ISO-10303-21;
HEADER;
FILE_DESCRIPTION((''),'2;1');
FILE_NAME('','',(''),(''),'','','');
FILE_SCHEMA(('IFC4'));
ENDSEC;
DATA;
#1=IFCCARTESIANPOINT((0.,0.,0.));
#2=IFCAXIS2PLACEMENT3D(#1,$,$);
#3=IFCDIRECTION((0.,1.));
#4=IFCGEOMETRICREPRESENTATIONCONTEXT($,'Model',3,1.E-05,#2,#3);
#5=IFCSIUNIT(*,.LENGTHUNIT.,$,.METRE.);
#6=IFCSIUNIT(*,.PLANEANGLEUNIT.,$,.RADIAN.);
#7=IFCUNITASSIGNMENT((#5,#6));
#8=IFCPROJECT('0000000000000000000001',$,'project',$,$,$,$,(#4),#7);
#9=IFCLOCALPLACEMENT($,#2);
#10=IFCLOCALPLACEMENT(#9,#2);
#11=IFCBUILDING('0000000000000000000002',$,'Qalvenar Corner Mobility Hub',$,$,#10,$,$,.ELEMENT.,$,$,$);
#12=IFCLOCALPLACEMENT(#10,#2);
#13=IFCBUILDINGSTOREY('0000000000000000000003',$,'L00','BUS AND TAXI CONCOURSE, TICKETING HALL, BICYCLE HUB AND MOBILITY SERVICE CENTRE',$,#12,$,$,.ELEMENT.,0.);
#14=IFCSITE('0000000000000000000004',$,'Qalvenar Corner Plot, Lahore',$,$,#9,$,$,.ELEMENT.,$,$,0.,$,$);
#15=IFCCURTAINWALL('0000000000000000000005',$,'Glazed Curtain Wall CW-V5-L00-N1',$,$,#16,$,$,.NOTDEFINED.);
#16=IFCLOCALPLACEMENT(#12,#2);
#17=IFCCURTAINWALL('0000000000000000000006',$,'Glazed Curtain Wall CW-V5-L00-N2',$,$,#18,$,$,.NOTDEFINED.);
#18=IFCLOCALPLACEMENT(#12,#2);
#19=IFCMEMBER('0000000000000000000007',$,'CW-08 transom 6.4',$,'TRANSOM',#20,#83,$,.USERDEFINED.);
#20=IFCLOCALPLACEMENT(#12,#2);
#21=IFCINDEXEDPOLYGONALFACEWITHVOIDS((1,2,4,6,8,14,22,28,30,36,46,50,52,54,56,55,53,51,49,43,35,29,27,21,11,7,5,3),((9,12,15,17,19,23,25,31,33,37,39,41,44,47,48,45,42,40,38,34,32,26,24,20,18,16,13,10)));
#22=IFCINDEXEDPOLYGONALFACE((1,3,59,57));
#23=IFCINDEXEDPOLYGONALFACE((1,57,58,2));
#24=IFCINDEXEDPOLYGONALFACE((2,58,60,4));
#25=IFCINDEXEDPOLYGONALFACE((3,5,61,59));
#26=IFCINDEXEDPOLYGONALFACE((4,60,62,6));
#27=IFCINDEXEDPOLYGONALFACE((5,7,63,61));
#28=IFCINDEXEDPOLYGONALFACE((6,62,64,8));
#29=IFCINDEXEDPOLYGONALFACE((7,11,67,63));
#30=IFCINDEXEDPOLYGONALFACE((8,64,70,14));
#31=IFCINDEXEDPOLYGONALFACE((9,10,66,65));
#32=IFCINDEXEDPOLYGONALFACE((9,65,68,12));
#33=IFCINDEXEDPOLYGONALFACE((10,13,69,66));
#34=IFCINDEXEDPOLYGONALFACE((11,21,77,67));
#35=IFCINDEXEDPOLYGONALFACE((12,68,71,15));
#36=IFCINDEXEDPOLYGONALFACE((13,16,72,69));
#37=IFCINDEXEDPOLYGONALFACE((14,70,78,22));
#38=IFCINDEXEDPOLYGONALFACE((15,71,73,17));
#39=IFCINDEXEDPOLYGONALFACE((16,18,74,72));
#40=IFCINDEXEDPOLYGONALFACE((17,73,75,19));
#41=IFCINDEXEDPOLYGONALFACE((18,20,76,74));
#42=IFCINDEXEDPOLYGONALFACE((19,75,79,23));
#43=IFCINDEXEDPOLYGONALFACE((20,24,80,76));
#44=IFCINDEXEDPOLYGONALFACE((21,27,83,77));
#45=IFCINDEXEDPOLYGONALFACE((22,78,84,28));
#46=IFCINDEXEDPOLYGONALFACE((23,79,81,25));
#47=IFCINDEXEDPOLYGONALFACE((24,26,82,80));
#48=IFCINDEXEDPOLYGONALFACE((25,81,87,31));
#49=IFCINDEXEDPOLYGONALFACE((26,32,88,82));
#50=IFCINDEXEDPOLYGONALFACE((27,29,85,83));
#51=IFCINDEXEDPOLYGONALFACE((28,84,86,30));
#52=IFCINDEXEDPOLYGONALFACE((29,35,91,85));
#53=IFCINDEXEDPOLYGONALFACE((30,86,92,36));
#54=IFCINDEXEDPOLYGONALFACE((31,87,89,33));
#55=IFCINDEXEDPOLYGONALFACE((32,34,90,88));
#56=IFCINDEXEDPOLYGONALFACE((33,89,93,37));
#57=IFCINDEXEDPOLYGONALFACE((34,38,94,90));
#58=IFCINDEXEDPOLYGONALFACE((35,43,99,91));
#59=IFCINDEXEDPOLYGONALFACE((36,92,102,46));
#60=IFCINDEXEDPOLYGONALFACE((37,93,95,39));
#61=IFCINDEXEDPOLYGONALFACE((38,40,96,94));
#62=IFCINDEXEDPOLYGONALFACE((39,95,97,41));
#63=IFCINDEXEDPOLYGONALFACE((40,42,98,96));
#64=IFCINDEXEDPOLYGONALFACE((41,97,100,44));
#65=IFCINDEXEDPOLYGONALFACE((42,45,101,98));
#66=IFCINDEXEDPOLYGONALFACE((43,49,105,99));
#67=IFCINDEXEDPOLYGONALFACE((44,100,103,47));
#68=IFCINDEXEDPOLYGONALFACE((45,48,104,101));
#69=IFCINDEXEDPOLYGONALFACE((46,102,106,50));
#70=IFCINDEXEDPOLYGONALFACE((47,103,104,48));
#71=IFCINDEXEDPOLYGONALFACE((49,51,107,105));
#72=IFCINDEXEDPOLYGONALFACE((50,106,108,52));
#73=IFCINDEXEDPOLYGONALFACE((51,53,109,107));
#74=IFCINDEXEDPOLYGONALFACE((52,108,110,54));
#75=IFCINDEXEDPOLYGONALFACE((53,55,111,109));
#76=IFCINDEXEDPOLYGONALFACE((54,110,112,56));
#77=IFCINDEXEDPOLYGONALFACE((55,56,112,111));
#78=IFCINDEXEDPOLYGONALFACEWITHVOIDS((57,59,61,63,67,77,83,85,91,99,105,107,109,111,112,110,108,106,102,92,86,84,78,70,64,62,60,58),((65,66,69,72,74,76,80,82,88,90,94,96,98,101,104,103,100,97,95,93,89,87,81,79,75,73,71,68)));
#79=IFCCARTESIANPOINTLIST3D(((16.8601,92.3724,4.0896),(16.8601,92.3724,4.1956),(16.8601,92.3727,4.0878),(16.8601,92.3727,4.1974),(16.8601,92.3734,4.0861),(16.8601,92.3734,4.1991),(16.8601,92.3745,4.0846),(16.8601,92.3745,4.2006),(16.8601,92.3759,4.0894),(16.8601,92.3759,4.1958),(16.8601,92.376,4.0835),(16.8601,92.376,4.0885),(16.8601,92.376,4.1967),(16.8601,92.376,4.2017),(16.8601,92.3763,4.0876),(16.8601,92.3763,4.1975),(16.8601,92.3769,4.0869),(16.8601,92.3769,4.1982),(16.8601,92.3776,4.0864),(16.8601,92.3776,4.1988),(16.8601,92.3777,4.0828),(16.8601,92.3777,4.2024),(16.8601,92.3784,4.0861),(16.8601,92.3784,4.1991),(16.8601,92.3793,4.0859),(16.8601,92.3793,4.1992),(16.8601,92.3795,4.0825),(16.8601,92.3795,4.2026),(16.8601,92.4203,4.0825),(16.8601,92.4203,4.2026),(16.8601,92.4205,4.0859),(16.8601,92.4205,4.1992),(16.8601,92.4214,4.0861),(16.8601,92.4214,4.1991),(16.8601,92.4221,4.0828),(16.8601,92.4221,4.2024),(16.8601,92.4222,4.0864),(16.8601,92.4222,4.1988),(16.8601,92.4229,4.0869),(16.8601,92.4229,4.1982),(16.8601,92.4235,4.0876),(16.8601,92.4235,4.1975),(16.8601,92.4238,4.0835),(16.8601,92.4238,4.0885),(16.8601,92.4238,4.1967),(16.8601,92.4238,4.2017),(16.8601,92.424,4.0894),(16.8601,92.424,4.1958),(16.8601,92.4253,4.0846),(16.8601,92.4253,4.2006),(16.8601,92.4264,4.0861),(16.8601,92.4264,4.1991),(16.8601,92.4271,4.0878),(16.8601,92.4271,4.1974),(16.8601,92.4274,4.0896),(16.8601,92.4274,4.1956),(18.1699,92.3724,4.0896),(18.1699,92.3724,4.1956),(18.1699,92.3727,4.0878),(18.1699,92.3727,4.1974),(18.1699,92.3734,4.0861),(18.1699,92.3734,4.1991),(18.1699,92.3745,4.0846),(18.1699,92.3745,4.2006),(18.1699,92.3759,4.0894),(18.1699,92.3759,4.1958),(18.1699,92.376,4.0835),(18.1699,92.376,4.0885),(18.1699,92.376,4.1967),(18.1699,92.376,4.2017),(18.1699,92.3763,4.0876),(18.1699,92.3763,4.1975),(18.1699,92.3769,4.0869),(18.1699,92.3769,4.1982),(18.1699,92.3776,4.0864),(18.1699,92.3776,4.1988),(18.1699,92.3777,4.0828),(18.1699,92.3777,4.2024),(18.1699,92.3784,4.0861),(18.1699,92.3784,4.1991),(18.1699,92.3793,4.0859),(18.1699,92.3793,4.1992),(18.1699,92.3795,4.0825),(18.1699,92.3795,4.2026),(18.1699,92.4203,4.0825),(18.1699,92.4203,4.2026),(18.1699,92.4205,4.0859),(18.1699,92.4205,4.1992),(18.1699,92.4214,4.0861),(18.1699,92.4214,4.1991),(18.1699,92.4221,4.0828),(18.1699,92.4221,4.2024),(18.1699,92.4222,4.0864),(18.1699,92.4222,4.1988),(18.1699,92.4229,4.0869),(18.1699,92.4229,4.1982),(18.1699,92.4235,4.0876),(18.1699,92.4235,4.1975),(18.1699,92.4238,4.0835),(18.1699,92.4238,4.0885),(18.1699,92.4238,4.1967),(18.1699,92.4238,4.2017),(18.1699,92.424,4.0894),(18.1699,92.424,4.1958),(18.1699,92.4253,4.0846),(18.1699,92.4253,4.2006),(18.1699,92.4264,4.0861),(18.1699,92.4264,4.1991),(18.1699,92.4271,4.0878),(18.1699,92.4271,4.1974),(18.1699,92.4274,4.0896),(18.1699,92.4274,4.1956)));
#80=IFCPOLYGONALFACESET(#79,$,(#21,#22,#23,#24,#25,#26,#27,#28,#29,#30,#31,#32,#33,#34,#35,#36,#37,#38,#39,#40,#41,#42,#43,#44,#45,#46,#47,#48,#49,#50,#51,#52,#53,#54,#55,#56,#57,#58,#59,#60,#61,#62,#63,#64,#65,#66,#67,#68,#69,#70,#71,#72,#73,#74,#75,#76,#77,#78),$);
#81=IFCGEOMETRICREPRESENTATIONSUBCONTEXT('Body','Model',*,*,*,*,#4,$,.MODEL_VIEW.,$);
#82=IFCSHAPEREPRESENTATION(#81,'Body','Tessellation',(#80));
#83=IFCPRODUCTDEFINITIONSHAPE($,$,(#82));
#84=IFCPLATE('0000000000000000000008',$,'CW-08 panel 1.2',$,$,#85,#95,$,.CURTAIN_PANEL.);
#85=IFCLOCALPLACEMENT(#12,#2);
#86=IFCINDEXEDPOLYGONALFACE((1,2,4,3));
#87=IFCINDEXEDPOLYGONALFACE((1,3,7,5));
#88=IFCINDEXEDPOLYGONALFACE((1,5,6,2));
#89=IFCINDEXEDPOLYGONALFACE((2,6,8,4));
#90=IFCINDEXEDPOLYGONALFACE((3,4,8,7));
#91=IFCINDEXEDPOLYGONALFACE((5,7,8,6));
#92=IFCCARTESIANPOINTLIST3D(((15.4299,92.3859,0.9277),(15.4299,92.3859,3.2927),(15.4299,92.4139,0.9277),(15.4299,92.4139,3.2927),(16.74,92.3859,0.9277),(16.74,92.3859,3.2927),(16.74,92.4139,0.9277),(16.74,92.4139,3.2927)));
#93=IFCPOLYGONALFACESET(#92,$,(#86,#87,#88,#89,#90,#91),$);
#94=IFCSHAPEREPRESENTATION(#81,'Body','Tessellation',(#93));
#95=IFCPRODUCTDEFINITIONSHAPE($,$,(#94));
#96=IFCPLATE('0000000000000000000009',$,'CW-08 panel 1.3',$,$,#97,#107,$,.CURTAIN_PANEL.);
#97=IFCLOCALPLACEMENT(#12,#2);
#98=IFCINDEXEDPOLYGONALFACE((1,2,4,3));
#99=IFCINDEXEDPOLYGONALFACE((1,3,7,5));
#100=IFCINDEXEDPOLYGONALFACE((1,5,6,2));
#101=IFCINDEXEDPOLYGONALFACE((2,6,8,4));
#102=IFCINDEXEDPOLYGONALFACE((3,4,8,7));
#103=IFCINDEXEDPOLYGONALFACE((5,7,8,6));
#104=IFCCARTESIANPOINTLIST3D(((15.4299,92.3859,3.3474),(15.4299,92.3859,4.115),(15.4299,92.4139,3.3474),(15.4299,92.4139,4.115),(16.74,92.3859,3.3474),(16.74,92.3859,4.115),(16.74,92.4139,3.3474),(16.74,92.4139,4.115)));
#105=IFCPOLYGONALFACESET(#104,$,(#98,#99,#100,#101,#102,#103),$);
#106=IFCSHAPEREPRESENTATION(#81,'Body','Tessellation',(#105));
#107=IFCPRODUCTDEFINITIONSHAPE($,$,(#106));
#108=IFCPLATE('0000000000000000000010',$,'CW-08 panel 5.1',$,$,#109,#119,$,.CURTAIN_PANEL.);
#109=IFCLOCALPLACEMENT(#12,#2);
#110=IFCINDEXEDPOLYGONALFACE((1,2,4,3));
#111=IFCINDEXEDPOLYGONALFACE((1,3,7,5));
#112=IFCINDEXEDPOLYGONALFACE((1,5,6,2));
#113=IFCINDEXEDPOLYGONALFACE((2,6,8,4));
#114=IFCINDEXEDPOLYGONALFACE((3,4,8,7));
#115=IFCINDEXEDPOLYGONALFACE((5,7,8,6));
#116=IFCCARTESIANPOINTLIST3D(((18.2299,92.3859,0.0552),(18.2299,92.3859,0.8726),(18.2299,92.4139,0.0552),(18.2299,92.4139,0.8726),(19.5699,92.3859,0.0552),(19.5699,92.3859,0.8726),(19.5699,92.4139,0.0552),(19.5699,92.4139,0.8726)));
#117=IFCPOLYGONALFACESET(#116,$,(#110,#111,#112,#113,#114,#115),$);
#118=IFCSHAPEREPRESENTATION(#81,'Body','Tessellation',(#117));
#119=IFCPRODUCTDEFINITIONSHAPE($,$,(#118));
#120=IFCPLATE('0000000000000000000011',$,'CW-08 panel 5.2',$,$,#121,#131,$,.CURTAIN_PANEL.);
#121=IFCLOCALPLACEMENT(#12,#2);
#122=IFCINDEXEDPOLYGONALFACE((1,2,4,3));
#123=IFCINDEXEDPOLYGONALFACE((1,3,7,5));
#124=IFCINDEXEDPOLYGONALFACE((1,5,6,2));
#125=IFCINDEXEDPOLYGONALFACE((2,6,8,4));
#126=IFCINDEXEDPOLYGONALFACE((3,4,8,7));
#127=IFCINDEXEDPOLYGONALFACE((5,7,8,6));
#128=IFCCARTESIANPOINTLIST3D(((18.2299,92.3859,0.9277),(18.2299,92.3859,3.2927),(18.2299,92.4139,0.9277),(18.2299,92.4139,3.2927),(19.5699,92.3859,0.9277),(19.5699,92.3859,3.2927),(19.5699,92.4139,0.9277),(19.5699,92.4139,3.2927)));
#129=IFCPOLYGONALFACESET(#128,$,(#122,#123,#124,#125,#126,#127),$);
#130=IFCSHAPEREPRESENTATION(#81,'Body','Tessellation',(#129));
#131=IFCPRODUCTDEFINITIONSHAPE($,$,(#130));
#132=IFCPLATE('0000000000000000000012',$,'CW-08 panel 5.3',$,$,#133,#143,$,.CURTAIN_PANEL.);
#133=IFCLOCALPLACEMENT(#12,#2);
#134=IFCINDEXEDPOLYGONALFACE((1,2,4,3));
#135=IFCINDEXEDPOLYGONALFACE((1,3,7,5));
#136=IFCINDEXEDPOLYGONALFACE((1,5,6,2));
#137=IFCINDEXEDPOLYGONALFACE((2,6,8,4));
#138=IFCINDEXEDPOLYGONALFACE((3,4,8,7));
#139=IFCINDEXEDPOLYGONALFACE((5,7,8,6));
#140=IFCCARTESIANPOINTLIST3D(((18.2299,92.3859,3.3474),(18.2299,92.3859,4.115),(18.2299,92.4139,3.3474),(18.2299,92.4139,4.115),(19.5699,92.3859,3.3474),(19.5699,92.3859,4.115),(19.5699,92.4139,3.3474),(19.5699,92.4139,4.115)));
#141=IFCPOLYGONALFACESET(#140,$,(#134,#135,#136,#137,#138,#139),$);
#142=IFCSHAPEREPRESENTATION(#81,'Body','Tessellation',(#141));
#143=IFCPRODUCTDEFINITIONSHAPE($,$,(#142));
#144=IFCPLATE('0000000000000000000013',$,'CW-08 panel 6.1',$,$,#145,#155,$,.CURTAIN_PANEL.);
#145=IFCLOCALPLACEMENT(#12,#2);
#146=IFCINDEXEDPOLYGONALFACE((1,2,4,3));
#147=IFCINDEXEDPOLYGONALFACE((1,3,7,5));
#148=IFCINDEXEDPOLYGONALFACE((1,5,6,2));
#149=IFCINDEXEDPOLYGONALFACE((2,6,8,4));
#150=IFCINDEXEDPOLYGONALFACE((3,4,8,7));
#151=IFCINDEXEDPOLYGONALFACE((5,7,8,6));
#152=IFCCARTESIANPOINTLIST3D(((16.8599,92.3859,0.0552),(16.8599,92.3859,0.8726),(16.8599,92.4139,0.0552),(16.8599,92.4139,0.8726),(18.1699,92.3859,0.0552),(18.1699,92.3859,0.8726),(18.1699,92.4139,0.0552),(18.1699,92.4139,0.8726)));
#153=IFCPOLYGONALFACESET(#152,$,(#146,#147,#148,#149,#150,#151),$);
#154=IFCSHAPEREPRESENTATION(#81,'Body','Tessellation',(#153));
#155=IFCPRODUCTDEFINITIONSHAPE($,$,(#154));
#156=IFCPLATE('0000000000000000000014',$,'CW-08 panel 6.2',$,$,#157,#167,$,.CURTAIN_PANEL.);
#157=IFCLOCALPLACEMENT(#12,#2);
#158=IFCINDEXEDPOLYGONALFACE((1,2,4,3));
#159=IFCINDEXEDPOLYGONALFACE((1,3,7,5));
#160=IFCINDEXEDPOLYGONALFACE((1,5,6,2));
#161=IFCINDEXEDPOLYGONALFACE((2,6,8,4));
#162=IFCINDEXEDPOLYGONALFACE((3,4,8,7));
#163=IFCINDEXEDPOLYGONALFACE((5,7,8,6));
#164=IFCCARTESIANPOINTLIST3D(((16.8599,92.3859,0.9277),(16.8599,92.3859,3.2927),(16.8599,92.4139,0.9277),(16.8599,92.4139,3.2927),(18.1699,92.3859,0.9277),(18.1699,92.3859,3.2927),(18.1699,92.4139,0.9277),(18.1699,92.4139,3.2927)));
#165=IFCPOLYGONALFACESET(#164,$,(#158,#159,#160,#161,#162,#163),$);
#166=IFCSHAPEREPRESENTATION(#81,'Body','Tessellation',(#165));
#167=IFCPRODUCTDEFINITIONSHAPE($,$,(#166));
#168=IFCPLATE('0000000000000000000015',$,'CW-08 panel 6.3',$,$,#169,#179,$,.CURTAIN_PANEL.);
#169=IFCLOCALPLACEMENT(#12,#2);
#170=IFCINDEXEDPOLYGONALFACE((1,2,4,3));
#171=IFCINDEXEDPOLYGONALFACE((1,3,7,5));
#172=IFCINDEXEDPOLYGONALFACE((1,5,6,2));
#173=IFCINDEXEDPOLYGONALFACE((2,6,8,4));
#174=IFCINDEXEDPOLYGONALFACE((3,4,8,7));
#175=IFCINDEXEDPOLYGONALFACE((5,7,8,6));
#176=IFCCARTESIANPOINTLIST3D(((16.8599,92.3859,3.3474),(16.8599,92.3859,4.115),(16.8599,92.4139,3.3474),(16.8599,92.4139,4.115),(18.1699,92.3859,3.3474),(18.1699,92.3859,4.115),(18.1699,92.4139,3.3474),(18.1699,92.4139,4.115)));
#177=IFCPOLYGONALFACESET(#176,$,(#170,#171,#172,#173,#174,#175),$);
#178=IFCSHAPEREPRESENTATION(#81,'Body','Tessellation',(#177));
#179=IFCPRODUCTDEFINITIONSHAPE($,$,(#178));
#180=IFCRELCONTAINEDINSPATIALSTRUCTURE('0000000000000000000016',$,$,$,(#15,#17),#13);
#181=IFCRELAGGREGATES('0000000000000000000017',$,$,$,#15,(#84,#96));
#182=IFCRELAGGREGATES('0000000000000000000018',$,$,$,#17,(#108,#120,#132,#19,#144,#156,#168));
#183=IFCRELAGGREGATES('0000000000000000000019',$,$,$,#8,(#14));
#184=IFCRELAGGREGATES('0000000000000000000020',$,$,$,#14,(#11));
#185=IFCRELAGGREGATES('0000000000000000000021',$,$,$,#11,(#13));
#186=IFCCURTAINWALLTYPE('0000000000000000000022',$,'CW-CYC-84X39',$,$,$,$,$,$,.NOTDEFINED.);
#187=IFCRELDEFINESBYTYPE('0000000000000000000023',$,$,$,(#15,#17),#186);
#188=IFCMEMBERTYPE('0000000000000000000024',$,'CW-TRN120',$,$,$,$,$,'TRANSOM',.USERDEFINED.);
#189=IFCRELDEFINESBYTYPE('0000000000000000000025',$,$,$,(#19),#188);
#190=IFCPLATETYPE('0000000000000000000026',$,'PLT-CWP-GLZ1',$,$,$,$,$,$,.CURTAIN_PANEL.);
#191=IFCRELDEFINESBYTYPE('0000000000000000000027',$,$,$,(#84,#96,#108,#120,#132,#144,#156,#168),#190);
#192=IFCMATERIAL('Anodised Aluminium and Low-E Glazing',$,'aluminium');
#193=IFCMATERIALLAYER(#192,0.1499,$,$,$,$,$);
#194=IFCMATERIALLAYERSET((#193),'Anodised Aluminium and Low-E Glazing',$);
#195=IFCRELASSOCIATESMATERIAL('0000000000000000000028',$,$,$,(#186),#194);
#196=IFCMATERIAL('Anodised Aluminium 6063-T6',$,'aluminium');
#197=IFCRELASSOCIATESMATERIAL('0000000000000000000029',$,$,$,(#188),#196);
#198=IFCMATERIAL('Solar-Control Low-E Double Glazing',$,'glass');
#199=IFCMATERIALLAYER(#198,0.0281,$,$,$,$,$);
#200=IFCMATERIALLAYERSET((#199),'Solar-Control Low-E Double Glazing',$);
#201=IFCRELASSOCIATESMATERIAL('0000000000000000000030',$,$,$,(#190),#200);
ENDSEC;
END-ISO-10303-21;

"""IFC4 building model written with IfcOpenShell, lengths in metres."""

from ifc_helpers import new_model, si_unit, direction, frame, origin, origin_2d, place, context, subcontext, project, spatial, rectangle, hollow_rectangle, extrude, material, layer, layer_set, material_profile, profile_set, type_object, element, aggregate, save


model = new_model("IFC4")

# Units and contexts
model_context = context("Model", 3, precision=1e-05, world=origin(), true_north=direction((0.0, 1.0)))
body_context = subcontext(model_context, "Body", "Model", "MODEL_VIEW")
ifc_project = project(units=[si_unit("LENGTHUNIT", "METRE"), si_unit("PLANEANGLEUNIT", "RADIAN")], contexts=[model_context])

# Site, building, storey
site_placement = place(None, origin())
site = spatial("IfcSite", under=ifc_project, at=site_placement, Name="Qalvenar Corner Plot, Lahore", CompositionType="ELEMENT", RefElevation=0.0)
building_placement = place(site_placement, origin())
building = spatial("IfcBuilding", under=site, at=building_placement, Name="Qalvenar Corner Mobility Hub", CompositionType="ELEMENT")
storey_placement = place(building_placement, origin())
storey = spatial("IfcBuildingStorey", under=building, at=storey_placement, Name="L00", Description="BUS AND TAXI CONCOURSE, TICKETING HALL, BICYCLE HUB AND MOBILITY SERVICE CENTRE", CompositionType="ELEMENT", Elevation=0.0)

# Curtain wall
ifc_material_1 = material(Name="Anodised Aluminium and Low-E Glazing", Category="aluminium")
ifc_layer_1 = layer(ifc_material_1, 0.1499)
ifc_layer_set_1 = layer_set([ifc_layer_1], Name="Anodised Aluminium and Low-E Glazing")
curtain_wall_type = type_object("IfcCurtainWallType", Name="CW-CYC-84X39", PredefinedType="NOTDEFINED", material=ifc_layer_set_1)
curtain_wall_1_placement = place(storey_placement, origin())
curtain_wall_1 = element("IfcCurtainWall", 1, at=curtain_wall_1_placement, inside=storey, type_object=curtain_wall_type, Name="Glazed Curtain Wall CW-V5-L00-N1", PredefinedType="NOTDEFINED")
ifc_material_2 = material(Name="Anodised Aluminium 6063-T6", Category="aluminium")

# Curtain wall
curtain_wall_2_placement = place(storey_placement, origin())
curtain_wall_2 = element("IfcCurtainWall", 2, at=curtain_wall_2_placement, inside=storey, type_object=curtain_wall_type, Name="Glazed Curtain Wall CW-V5-L00-N2", PredefinedType="NOTDEFINED")

# Member
ifc_material_profile_1 = material_profile(ifc_material_2, hollow_rectangle(XDim=0.0549, YDim=0.1201, WallThickness=0.0034, InnerFilletRadius=0.0034, OuterFilletRadius=0.0071, at=origin_2d()), Name="RHS120x55x3.5")
ifc_profile_set_1 = profile_set([ifc_material_profile_1], Name="Anodised Aluminium 6063-T6")
member_type_1 = type_object("IfcMemberType", Name="CW-TRN120", ElementType="TRANSOM", PredefinedType="USERDEFINED", material=ifc_profile_set_1)
member_1_placement = place(storey_placement, frame((18.1699, 92.3999, 4.1426), z_axis=(-1.0, 0.0, 0.0), x_axis=(0.0, -1.0, 0.0)))
member_1 = element("IfcMember", 3, at=member_1_placement, type_object=member_type_1, Name="CW-08 transom 6.4", ObjectType="TRANSOM", PredefinedType="USERDEFINED", context=body_context, shape_type="SweptSolid", body=[
    extrude(hollow_rectangle(XDim=0.0549, YDim=0.1201, WallThickness=0.0034, InnerFilletRadius=0.0034, OuterFilletRadius=0.0071, at=origin_2d()), origin(), (0.0, 0.0, 1.0), 1.3098),
])

# Plates
ifc_material_3 = material(Name="Solar-Control Low-E Double Glazing", Category="glass")
ifc_layer_2 = layer(ifc_material_3, 0.0281)
ifc_layer_set_2 = layer_set([ifc_layer_2], Name="Solar-Control Low-E Double Glazing")
plate_type = type_object("IfcPlateType", Name="PLT-CWP-GLZ1", PredefinedType="CURTAIN_PANEL", material=ifc_layer_set_2)
plate_1_placement = place(storey_placement, frame((16.085, 92.3999, 0.9277), z_axis=(0.0, 0.0, 1.0), x_axis=(-1.0, 0.0, 0.0)))
plate_1 = element("IfcPlate", 4, at=plate_1_placement, type_object=plate_type, Name="CW-08 panel 1.2", PredefinedType="CURTAIN_PANEL", context=body_context, shape_type="SweptSolid", body=[
    extrude(rectangle(XDim=1.3101, YDim=0.0281, at=origin_2d()), origin(), (0.0, 0.0, 1.0), 2.365),
])
plate_2_placement = place(storey_placement, frame((16.085, 92.3999, 3.3474), z_axis=(0.0, 0.0, 1.0), x_axis=(-1.0, 0.0, 0.0)))
plate_2 = element("IfcPlate", 5, at=plate_2_placement, type_object=plate_type, Name="CW-08 panel 1.3", PredefinedType="CURTAIN_PANEL", context=body_context, shape_type="SweptSolid", body=[
    extrude(rectangle(XDim=1.3101, YDim=0.0281, at=origin_2d()), origin(), (0.0, 0.0, 1.0), 0.7676),
])
aggregate(curtain_wall_1, [plate_1, plate_2])
plate_3_placement = place(storey_placement, frame((18.8999, 92.3999, 0.0552), z_axis=(0.0, 0.0, 1.0), x_axis=(-1.0, 0.0, 0.0)))
plate_3 = element("IfcPlate", 6, at=plate_3_placement, type_object=plate_type, Name="CW-08 panel 5.1", PredefinedType="CURTAIN_PANEL", context=body_context, shape_type="SweptSolid", body=[
    extrude(rectangle(XDim=1.3401, YDim=0.0281, at=origin_2d()), origin(), (0.0, 0.0, 1.0), 0.8174),
])
plate_4_placement = place(storey_placement, frame((18.8999, 92.3999, 0.9277), z_axis=(0.0, 0.0, 1.0), x_axis=(-1.0, 0.0, 0.0)))
plate_4 = element("IfcPlate", 7, at=plate_4_placement, type_object=plate_type, Name="CW-08 panel 5.2", PredefinedType="CURTAIN_PANEL", context=body_context, shape_type="SweptSolid", body=[
    extrude(rectangle(XDim=1.3401, YDim=0.0281, at=origin_2d()), origin(), (0.0, 0.0, 1.0), 2.365),
])
plate_5_placement = place(storey_placement, frame((18.8999, 92.3999, 3.3474), z_axis=(0.0, 0.0, 1.0), x_axis=(-1.0, 0.0, 0.0)))
plate_5 = element("IfcPlate", 8, at=plate_5_placement, type_object=plate_type, Name="CW-08 panel 5.3", PredefinedType="CURTAIN_PANEL", context=body_context, shape_type="SweptSolid", body=[
    extrude(rectangle(XDim=1.3401, YDim=0.0281, at=origin_2d()), origin(), (0.0, 0.0, 1.0), 0.7676),
])
plate_6_placement = place(storey_placement, frame((17.5149, 92.3999, 0.0552), z_axis=(0.0, 0.0, 1.0), x_axis=(-1.0, 0.0, 0.0)))
plate_6 = element("IfcPlate", 9, at=plate_6_placement, type_object=plate_type, Name="CW-08 panel 6.1", PredefinedType="CURTAIN_PANEL", context=body_context, shape_type="SweptSolid", body=[
    extrude(rectangle(XDim=1.3101, YDim=0.0281, at=origin_2d()), origin(), (0.0, 0.0, 1.0), 0.8174),
])
plate_7_placement = place(storey_placement, frame((17.5149, 92.3999, 0.9277), z_axis=(0.0, 0.0, 1.0), x_axis=(-1.0, 0.0, 0.0)))
plate_7 = element("IfcPlate", 10, at=plate_7_placement, type_object=plate_type, Name="CW-08 panel 6.2", PredefinedType="CURTAIN_PANEL", context=body_context, shape_type="SweptSolid", body=[
    extrude(rectangle(XDim=1.3101, YDim=0.0281, at=origin_2d()), origin(), (0.0, 0.0, 1.0), 2.365),
])
plate_8_placement = place(storey_placement, frame((17.5149, 92.3999, 3.3474), z_axis=(0.0, 0.0, 1.0), x_axis=(-1.0, 0.0, 0.0)))
plate_8 = element("IfcPlate", 11, at=plate_8_placement, type_object=plate_type, Name="CW-08 panel 6.3", PredefinedType="CURTAIN_PANEL", context=body_context, shape_type="SweptSolid", body=[
    extrude(rectangle(XDim=1.3101, YDim=0.0281, at=origin_2d()), origin(), (0.0, 0.0, 1.0), 0.7676),
])
aggregate(curtain_wall_2, [plate_3, plate_4, plate_5, member_1, plate_6, plate_7, plate_8])

save(model, "model.ifc")
